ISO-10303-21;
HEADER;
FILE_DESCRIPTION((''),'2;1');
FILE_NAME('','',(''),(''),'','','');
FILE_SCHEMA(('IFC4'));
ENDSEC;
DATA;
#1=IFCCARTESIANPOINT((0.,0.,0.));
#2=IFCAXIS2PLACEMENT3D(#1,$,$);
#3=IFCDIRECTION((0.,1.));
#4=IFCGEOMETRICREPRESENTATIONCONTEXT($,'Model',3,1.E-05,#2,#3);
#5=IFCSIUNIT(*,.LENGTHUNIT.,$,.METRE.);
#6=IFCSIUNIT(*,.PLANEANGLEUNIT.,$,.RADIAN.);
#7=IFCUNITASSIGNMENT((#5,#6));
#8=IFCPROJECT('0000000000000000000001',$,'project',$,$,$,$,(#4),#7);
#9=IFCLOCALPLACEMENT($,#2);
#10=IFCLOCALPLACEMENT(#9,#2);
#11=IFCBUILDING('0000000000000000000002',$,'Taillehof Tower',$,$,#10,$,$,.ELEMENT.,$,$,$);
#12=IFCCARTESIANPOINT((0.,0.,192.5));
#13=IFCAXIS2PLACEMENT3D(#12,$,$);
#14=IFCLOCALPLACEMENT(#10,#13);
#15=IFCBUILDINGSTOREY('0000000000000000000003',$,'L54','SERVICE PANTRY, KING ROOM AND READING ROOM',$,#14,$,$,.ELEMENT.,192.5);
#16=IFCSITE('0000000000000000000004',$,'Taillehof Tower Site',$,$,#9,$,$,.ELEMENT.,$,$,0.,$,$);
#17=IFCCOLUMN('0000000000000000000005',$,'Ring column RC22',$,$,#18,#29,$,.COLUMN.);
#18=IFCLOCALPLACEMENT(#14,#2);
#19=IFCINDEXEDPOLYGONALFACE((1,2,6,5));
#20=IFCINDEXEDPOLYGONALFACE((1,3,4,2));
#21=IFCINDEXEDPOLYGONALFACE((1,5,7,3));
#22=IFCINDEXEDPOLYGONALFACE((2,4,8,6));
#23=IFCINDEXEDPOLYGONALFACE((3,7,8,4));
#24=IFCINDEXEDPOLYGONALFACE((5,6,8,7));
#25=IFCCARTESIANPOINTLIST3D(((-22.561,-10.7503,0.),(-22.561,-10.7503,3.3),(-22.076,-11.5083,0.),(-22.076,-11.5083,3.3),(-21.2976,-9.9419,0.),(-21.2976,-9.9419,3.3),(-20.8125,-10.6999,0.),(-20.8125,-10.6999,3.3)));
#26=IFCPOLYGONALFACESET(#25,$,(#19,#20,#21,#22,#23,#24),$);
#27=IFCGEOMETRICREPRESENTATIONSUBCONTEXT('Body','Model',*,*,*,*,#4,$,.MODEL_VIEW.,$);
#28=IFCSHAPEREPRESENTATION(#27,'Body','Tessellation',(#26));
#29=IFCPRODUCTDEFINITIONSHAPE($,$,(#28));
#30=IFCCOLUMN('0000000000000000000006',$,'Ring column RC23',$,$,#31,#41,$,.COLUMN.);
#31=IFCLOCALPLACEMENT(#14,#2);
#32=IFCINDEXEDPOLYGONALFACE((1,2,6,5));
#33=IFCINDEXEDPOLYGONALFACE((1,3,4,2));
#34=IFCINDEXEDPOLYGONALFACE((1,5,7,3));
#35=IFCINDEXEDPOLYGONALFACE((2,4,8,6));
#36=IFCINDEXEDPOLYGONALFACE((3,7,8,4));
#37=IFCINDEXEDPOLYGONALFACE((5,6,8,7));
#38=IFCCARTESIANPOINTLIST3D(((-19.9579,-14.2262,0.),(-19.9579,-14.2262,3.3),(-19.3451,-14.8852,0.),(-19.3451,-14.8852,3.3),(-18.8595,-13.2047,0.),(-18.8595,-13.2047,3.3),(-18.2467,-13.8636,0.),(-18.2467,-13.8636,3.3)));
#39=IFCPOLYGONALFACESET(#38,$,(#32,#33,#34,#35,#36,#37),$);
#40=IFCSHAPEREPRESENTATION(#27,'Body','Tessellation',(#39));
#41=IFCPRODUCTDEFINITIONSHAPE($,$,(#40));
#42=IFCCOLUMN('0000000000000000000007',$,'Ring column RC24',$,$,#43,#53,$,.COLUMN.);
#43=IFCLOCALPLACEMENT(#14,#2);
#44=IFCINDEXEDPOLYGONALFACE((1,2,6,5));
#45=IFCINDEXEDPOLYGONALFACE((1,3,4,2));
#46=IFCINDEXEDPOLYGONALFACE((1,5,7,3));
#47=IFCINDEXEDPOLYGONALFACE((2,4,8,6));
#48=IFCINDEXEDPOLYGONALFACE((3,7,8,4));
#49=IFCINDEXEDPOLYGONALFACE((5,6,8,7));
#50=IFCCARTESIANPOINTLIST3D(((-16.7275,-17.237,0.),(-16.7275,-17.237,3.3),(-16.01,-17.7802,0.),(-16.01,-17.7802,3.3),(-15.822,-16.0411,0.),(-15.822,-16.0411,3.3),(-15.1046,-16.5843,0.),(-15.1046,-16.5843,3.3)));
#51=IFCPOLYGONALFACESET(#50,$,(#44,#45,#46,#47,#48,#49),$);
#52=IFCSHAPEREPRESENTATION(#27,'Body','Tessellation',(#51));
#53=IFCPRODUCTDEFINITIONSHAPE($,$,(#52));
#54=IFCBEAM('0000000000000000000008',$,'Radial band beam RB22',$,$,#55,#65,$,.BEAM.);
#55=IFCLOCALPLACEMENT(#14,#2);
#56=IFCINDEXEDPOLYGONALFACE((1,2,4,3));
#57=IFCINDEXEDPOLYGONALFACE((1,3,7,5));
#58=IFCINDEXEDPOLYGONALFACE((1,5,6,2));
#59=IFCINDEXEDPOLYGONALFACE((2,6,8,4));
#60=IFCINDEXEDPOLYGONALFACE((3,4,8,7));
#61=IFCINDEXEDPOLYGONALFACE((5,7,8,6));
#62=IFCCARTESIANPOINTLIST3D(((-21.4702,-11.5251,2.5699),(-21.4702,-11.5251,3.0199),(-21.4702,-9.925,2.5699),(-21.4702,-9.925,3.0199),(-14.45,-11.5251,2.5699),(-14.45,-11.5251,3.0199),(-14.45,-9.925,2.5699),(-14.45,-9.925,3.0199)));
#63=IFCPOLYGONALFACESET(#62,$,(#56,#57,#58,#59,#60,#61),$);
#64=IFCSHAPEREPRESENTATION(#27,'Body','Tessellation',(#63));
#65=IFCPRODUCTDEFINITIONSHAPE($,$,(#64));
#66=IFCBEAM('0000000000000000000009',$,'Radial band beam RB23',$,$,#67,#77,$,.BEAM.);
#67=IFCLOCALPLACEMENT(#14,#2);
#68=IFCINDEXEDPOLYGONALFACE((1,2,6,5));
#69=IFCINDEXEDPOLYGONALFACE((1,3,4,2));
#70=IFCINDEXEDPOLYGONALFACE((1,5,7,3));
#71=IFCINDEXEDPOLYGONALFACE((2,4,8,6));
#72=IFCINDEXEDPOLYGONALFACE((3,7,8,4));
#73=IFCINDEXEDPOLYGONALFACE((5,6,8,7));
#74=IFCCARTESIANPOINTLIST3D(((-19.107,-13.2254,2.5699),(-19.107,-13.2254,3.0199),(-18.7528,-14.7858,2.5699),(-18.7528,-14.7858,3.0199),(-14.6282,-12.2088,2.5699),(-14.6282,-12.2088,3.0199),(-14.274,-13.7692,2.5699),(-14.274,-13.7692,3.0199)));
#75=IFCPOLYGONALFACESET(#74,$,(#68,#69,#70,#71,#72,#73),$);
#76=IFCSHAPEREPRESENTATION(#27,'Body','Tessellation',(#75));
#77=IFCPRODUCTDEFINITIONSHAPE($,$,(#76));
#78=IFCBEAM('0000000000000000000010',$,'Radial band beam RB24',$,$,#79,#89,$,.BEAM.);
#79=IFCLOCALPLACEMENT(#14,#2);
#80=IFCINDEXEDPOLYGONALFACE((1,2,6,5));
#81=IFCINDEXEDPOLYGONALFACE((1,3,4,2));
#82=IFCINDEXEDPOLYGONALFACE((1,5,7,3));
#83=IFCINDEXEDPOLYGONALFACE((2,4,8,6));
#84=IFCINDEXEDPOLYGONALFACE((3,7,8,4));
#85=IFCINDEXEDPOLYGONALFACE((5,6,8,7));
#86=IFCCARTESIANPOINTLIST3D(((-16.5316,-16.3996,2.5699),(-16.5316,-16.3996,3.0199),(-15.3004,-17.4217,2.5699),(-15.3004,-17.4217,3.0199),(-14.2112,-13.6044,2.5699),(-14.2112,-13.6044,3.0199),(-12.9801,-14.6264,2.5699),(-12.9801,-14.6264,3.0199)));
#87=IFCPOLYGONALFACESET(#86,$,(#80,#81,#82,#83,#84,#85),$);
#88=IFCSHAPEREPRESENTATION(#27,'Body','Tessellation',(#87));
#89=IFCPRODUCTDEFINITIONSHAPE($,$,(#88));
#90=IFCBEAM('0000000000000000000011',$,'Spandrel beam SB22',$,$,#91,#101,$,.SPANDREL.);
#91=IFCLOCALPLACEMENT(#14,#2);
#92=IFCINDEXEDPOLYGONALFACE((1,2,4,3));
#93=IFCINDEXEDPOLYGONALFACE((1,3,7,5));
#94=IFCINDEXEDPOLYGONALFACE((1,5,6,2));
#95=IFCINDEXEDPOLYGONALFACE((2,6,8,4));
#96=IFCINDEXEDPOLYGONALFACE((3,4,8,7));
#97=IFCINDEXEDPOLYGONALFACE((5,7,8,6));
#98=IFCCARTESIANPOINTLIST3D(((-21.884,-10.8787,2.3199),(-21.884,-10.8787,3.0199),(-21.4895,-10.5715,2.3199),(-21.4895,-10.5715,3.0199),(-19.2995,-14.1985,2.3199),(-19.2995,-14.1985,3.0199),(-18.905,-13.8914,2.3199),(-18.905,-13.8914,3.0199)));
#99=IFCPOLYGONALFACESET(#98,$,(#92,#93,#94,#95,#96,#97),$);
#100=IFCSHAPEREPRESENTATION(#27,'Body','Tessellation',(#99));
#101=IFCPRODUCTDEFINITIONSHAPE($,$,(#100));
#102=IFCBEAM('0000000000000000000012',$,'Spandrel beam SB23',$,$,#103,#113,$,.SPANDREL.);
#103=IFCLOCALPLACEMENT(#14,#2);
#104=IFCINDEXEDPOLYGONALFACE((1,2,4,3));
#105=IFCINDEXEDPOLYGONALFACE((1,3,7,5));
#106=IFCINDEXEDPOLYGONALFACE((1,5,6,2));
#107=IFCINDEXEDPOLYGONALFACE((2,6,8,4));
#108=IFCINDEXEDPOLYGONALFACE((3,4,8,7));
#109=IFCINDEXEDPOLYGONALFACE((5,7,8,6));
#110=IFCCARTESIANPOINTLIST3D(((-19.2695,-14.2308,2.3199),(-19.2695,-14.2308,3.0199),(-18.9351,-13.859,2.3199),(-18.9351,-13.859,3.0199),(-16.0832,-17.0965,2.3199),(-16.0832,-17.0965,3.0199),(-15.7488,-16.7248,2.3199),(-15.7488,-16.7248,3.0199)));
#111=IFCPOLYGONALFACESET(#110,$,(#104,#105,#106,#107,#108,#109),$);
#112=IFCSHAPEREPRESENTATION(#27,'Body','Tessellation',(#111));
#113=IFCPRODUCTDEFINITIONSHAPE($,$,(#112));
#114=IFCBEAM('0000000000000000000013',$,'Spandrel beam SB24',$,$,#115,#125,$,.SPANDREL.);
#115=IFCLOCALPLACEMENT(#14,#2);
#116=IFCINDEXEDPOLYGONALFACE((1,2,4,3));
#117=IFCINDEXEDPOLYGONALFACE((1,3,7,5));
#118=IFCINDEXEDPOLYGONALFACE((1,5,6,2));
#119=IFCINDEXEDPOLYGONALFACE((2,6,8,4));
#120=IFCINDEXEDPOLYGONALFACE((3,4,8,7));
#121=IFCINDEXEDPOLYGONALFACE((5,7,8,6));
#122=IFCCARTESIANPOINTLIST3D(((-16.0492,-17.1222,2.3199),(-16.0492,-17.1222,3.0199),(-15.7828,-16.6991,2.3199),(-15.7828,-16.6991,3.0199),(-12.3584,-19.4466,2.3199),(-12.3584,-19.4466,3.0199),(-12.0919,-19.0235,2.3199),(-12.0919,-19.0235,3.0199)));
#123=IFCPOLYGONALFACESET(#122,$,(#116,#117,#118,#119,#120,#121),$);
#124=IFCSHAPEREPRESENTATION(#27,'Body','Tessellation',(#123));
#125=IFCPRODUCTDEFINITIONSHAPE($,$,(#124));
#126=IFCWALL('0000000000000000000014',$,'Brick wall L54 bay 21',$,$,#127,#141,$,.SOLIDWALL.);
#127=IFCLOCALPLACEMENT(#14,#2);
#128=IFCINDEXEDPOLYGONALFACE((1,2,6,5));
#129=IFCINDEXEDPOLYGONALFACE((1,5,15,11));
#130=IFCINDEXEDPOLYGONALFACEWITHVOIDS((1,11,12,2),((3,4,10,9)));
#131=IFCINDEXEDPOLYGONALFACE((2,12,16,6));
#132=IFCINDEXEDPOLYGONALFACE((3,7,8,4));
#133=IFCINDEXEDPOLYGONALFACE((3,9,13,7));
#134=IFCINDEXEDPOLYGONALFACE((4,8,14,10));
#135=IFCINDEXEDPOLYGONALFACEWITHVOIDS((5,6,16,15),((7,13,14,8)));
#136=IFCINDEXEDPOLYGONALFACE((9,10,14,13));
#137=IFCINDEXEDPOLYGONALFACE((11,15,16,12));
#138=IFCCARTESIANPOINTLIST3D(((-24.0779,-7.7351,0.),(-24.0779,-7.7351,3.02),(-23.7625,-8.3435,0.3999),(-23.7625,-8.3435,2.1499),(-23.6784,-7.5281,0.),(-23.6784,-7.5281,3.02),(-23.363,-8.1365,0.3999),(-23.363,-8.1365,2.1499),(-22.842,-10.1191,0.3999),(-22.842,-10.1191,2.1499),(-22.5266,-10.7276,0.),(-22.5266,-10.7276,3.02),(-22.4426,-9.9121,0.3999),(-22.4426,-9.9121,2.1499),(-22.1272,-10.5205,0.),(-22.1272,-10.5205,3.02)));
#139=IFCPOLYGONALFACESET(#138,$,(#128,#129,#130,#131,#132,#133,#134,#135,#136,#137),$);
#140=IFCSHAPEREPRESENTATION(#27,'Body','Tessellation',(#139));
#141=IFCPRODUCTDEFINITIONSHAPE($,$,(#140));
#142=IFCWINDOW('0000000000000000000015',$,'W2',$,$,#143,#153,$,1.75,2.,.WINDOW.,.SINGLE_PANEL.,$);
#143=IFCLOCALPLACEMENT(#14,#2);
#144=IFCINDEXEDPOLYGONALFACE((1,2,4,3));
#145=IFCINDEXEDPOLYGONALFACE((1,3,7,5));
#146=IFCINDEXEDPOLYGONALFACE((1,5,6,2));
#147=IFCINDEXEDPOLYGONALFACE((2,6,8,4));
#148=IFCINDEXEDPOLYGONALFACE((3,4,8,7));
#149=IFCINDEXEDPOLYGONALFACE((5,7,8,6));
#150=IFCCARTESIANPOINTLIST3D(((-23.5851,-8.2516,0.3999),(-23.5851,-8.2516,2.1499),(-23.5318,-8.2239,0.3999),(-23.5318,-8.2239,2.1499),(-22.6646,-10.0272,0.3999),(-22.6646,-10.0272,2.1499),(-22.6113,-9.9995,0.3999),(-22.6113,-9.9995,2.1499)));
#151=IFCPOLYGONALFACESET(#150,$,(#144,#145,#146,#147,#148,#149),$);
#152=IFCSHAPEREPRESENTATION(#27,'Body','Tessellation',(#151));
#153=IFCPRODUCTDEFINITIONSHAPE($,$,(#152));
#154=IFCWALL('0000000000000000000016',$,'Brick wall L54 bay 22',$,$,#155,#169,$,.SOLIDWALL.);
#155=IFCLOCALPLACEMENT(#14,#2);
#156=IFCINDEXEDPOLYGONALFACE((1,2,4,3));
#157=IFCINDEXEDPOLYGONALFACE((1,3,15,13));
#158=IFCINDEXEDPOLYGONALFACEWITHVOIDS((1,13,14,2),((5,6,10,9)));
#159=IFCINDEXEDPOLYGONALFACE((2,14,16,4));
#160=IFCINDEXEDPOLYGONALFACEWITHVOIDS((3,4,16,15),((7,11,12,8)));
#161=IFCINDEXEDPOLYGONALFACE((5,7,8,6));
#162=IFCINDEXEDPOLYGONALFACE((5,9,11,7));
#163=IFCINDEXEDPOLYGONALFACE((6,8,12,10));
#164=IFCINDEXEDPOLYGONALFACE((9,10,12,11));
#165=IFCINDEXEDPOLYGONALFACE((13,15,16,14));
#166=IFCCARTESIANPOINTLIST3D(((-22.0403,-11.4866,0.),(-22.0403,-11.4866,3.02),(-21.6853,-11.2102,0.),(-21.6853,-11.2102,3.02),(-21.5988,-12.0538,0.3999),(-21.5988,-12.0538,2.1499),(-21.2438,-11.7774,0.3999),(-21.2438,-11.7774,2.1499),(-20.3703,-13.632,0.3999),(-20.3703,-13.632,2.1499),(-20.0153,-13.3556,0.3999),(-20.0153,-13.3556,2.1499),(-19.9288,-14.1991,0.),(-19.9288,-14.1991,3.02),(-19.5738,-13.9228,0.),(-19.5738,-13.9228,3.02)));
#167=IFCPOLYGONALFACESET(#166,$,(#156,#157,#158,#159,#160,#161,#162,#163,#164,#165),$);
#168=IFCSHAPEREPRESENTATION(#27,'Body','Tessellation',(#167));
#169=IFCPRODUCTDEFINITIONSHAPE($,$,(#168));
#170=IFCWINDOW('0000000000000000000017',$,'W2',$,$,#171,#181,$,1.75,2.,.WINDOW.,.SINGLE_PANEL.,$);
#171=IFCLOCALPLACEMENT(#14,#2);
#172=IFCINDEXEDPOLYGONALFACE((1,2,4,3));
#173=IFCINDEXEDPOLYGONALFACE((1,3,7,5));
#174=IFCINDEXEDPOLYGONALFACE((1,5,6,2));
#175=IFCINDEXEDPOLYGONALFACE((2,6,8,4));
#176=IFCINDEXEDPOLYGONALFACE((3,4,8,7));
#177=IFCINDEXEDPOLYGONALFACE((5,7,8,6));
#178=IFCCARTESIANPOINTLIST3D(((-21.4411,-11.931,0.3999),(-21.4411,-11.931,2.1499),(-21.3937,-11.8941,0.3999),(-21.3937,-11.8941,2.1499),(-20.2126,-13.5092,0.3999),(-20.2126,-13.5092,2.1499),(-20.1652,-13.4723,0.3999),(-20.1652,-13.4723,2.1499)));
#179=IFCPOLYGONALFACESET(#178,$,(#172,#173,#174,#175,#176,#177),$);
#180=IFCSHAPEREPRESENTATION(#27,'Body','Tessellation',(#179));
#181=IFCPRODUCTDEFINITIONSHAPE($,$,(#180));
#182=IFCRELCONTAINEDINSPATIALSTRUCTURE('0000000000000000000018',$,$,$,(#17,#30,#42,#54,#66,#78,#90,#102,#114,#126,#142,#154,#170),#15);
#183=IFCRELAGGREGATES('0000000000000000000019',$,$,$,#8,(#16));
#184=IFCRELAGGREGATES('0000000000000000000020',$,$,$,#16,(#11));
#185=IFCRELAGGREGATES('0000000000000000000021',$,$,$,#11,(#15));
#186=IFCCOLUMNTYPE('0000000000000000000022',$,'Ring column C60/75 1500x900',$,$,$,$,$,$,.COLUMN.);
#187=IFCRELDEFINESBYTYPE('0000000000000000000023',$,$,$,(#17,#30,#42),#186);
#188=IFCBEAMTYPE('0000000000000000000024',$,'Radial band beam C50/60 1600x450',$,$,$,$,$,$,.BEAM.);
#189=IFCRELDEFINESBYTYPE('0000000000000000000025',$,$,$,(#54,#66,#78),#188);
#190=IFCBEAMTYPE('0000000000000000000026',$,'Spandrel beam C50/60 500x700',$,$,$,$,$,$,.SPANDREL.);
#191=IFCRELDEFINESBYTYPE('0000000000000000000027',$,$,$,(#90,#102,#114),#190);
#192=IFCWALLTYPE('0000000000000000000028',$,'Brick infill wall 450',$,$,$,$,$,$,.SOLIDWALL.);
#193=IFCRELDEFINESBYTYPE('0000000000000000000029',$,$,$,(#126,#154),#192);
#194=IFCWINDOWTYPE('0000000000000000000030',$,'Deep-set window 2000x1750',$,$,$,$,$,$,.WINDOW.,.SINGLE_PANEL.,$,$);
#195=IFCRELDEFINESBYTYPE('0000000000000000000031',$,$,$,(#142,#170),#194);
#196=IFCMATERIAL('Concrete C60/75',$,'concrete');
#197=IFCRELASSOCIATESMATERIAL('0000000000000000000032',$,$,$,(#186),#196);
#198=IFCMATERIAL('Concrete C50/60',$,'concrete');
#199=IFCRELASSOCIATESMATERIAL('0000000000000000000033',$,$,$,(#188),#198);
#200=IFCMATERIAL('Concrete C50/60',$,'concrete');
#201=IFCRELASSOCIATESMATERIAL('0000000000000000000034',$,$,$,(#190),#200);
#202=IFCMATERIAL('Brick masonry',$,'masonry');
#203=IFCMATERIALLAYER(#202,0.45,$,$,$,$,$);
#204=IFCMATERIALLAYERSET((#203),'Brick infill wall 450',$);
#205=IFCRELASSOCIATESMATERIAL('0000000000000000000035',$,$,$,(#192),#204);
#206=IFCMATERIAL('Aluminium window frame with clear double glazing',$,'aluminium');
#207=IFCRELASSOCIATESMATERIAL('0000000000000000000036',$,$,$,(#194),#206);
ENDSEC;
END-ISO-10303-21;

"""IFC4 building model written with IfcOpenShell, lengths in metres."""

from ifc_helpers import new_model, si_unit, direction, frame, frame_2d, origin, origin_2d, place, context, subcontext, project, spatial, rectangle, extrude, material, layer, layer_set, material_profile, profile_set, type_object, element, fill, save


model = new_model("IFC4")

# Units and contexts
model_context = context("Model", 3, precision=1e-05, world=origin(), true_north=direction((0.0, 1.0)))
body_context = subcontext(model_context, "Body", "Model", "MODEL_VIEW")
ifc_project = project(units=[si_unit("LENGTHUNIT", "METRE"), si_unit("PLANEANGLEUNIT", "RADIAN")], contexts=[model_context])

# Site, building, storey
site_placement = place(None, origin())
site = spatial("IfcSite", under=ifc_project, at=site_placement, Name="Taillehof Tower Site", CompositionType="ELEMENT", RefElevation=0.0)
building_placement = place(site_placement, origin())
building = spatial("IfcBuilding", under=site, at=building_placement, Name="Taillehof Tower", CompositionType="ELEMENT")
storey_placement = place(building_placement, frame((0.0, 0.0, 192.5)))
storey = spatial("IfcBuildingStorey", under=building, at=storey_placement, Name="L54", Description="SERVICE PANTRY, KING ROOM AND READING ROOM", CompositionType="ELEMENT", Elevation=192.5)

# Columns
ifc_material_1 = material(Name="Concrete C60/75", Category="concrete")
ifc_material_profile_1 = material_profile(ifc_material_1, rectangle(XDim=1.5, YDim=0.8999, at=origin_2d()), Name="RC 1500x900")
ifc_profile_set_1 = profile_set([ifc_material_profile_1], Name="Concrete C60/75")
column_type = type_object("IfcColumnType", Name="Ring column C60/75 1500x900", PredefinedType="COLUMN", material=ifc_profile_set_1)
for number, where, z_axis, x_axis, name in (
    (1, (-21.6868, -10.7251, 0.0), (0.0, 0.0, 1.0), (-0.842311, -0.538992, 0.0), "Ring column RC22"),
    (2, (-19.1023, -14.0449, 0.0), (0.0, 0.0, 1.0), (-0.732271, -0.681013, 0.0), "Ring column RC23"),
    (3, (-15.916, -16.9106, 0.0), (0.0, 0.0, 1.0), (-0.603608, -0.797281, 0.0), "Ring column RC24"),
):
    element("IfcColumn", number, at=place(storey_placement, frame(where, z_axis=z_axis, x_axis=x_axis)), inside=storey, type_object=column_type, Name=name, PredefinedType="COLUMN", context=body_context, shape_type="SweptSolid", body=[
        extrude(rectangle(XDim=1.5, YDim=0.8999, at=origin_2d()), origin(), (0.0, 0.0, 1.0), 3.3),
    ])

# Beams
ifc_material_2 = material(Name="Concrete C50/60", Category="concrete")
ifc_material_profile_2 = material_profile(ifc_material_2, rectangle(XDim=1.6001, YDim=0.45, at=origin_2d()), Name="RC 1600x450")
ifc_profile_set_2 = profile_set([ifc_material_profile_2], Name="Concrete C50/60")
beam_type_1 = type_object("IfcBeamType", Name="Radial band beam C50/60 1600x450", PredefinedType="BEAM", material=ifc_profile_set_2)
beam_1_placement = place(storey_placement, frame((-21.4702, -10.7251, 2.7949), z_axis=(1.0, 0.0, 0.0), x_axis=(0.0, 1.0, 0.0)))
element("IfcBeam", 4, at=beam_1_placement, inside=storey, type_object=beam_type_1, Name="Radial band beam RB22", PredefinedType="BEAM", context=body_context, shape_type="SweptSolid", body=[
    extrude(rectangle(XDim=1.6001, YDim=0.45, at=origin_2d()), origin(), (0.0, 0.0, 1.0), 7.0203),
])
beam_2_placement = place(storey_placement, frame((-18.9299, -14.0056, 2.7949), z_axis=(0.975194, 0.221352, 0.0), x_axis=(-0.221352, 0.975194, 0.0)))
element("IfcBeam", 5, at=beam_2_placement, inside=storey, type_object=beam_type_1, Name="Radial band beam RB23", PredefinedType="BEAM", context=body_context, shape_type="SweptSolid", body=[
    extrude(rectangle(XDim=1.6001, YDim=0.45, at=origin_2d()), origin(), (0.0, 0.0, 1.0), 4.5928),
])
beam_3_placement = place(storey_placement, frame((-15.916, -16.9106, 2.7949), z_axis=(0.638722, 0.769437, 0.0), x_axis=(-0.769437, 0.638722, 0.0)))
element("IfcBeam", 6, at=beam_3_placement, inside=storey, type_object=beam_type_1, Name="Radial band beam RB24", PredefinedType="BEAM", context=body_context, shape_type="SweptSolid", body=[
    extrude(rectangle(XDim=1.6001, YDim=0.45, at=origin_2d()), origin(), (0.0, 0.0, 1.0), 3.6328),
])
ifc_material_3 = material(Name="Concrete C50/60", Category="concrete")
ifc_material_profile_3 = material_profile(ifc_material_3, rectangle(XDim=0.5, YDim=0.7, at=origin_2d()), Name="RC 500x700")
ifc_profile_set_3 = profile_set([ifc_material_profile_3], Name="Concrete C50/60")
beam_type_2 = type_object("IfcBeamType", Name="Spandrel beam C50/60 500x700", PredefinedType="SPANDREL", material=ifc_profile_set_3)
beam_4_placement = place(storey_placement, frame((-21.6868, -10.7251, 2.6699), z_axis=(0.614294, -0.789077, 0.0), x_axis=(0.789077, 0.614294, 0.0)))
element("IfcBeam", 7, at=beam_4_placement, inside=storey, type_object=beam_type_2, Name="Spandrel beam SB22", PredefinedType="SPANDREL", context=body_context, shape_type="SweptSolid", body=[
    extrude(rectangle(XDim=0.5, YDim=0.7, at=origin_2d()), origin(), (0.0, 0.0, 1.0), 4.2073),
])
beam_5_placement = place(storey_placement, frame((-19.1023, -14.0449, 2.6699), z_axis=(0.743518, -0.668716, 0.0), x_axis=(0.668716, 0.743518, 0.0)))
element("IfcBeam", 8, at=beam_5_placement, inside=storey, type_object=beam_type_2, Name="Spandrel beam SB23", PredefinedType="SPANDREL", context=body_context, shape_type="SweptSolid", body=[
    extrude(rectangle(XDim=0.5, YDim=0.7, at=origin_2d()), origin(), (0.0, 0.0, 1.0), 4.2854),
])
beam_6_placement = place(storey_placement, frame((-15.916, -16.9106, 2.6699), z_axis=(0.846176, -0.532904, 0.0), x_axis=(0.532904, 0.846176, 0.0)))
element("IfcBeam", 9, at=beam_6_placement, inside=storey, type_object=beam_type_2, Name="Spandrel beam SB24", PredefinedType="SPANDREL", context=body_context, shape_type="SweptSolid", body=[
    extrude(rectangle(XDim=0.5, YDim=0.7, at=origin_2d()), origin(), (0.0, 0.0, 1.0), 4.3618),
])

# Walls, openings, windows
ifc_material_4 = material(Name="Brick masonry", Category="masonry")
ifc_layer_1 = layer(ifc_material_4, 0.45)
ifc_layer_set_1 = layer_set([ifc_layer_1], Name="Brick infill wall 450")
wall_type_1 = type_object("IfcWallType", Name="Brick infill wall 450", PredefinedType="SOLIDWALL", material=ifc_layer_set_1)
wall_1_placement = place(storey_placement, frame((-23.8782, -7.6316, 0.0), z_axis=(0.0, 0.0, 1.0), x_axis=(0.460233, -0.887798, 0.0)))
wall_1 = element("IfcWall", 10, at=wall_1_placement, inside=storey, type_object=wall_type_1, Name="Brick wall L54 bay 21", PredefinedType="SOLIDWALL", context=body_context, shape_type="SweptSolid", body=[
    extrude(rectangle(XDim=3.3706, YDim=0.45, at=frame_2d((1.6853, 0.0))), origin(), (0.0, 0.0, 1.0), 3.02),
])
opening_1_placement = place(wall_1_placement, frame((0.6853, 0.0, 0.3999)))
opening_1 = element("IfcOpeningElement", 11, at=opening_1_placement, cuts=wall_1, PredefinedType="OPENING", context=body_context, shape_type="SweptSolid", body=[
    extrude(rectangle(XDim=2.0, YDim=1.75, at=frame_2d((1.0, 0.875))), frame((0.0, 0.2349, 0.0), z_axis=(0.0, -1.0, 0.0), x_axis=(1.0, 0.0, 0.0)), (0.0, 0.0, 1.0), 0.47),
])
ifc_material_5 = material(Name="Aluminium window frame with clear double glazing", Category="aluminium")
window_type = type_object("IfcWindowType", Name="Deep-set window 2000x1750", PartitioningType="SINGLE_PANEL", PredefinedType="WINDOW", material=ifc_material_5)
window_1_placement = place(opening_1_placement, origin())
window_1 = element("IfcWindow", 12, at=window_1_placement, inside=storey, type_object=window_type, Name="W2", OverallHeight=1.75, OverallWidth=2.0, PartitioningType="SINGLE_PANEL", PredefinedType="WINDOW", context=body_context, shape_type="SweptSolid", body=[
    extrude(rectangle(XDim=2.0, YDim=1.75, at=frame_2d((1.0, 0.875))), frame((0.0, 0.0349, 0.0), z_axis=(0.0, -1.0, 0.0), x_axis=(1.0, 0.0, 0.0)), (0.0, 0.0, 1.0), 0.0601),
])
fill(opening_1, window_1)
wall_2_placement = place(storey_placement, frame((-21.8628, -11.3484, 0.0), z_axis=(0.0, 0.0, 1.0), x_axis=(0.614255, -0.789107, 0.0)))
wall_2 = element("IfcWall", 13, at=wall_2_placement, inside=storey, type_object=wall_type_1, Name="Brick wall L54 bay 22", PredefinedType="SOLIDWALL", context=body_context, shape_type="SweptSolid", body=[
    extrude(rectangle(XDim=3.4375, YDim=0.45, at=frame_2d((1.7188, 0.0))), origin(), (0.0, 0.0, 1.0), 3.02),
])
opening_2_placement = place(wall_2_placement, frame((0.7188, 0.0, 0.3999)))
opening_2 = element("IfcOpeningElement", 14, at=opening_2_placement, cuts=wall_2, PredefinedType="OPENING", context=body_context, shape_type="SweptSolid", body=[
    extrude(rectangle(XDim=2.0, YDim=1.75, at=frame_2d((1.0, 0.875))), frame((0.0, 0.2349, 0.0), z_axis=(0.0, -1.0, 0.0), x_axis=(1.0, 0.0, 0.0)), (0.0, 0.0, 1.0), 0.47),
])
window_2_placement = place(opening_2_placement, origin())
window_2 = element("IfcWindow", 15, at=window_2_placement, inside=storey, type_object=window_type, Name="W2", OverallHeight=1.75, OverallWidth=2.0, PartitioningType="SINGLE_PANEL", PredefinedType="WINDOW", context=body_context, shape_type="SweptSolid", body=[
    extrude(rectangle(XDim=2.0, YDim=1.75, at=frame_2d((1.0, 0.875))), frame((0.0, 0.0349, 0.0), z_axis=(0.0, -1.0, 0.0), x_axis=(1.0, 0.0, 0.0)), (0.0, 0.0, 1.0), 0.0601),
])
fill(opening_2, window_2)

save(model, "model.ifc")
